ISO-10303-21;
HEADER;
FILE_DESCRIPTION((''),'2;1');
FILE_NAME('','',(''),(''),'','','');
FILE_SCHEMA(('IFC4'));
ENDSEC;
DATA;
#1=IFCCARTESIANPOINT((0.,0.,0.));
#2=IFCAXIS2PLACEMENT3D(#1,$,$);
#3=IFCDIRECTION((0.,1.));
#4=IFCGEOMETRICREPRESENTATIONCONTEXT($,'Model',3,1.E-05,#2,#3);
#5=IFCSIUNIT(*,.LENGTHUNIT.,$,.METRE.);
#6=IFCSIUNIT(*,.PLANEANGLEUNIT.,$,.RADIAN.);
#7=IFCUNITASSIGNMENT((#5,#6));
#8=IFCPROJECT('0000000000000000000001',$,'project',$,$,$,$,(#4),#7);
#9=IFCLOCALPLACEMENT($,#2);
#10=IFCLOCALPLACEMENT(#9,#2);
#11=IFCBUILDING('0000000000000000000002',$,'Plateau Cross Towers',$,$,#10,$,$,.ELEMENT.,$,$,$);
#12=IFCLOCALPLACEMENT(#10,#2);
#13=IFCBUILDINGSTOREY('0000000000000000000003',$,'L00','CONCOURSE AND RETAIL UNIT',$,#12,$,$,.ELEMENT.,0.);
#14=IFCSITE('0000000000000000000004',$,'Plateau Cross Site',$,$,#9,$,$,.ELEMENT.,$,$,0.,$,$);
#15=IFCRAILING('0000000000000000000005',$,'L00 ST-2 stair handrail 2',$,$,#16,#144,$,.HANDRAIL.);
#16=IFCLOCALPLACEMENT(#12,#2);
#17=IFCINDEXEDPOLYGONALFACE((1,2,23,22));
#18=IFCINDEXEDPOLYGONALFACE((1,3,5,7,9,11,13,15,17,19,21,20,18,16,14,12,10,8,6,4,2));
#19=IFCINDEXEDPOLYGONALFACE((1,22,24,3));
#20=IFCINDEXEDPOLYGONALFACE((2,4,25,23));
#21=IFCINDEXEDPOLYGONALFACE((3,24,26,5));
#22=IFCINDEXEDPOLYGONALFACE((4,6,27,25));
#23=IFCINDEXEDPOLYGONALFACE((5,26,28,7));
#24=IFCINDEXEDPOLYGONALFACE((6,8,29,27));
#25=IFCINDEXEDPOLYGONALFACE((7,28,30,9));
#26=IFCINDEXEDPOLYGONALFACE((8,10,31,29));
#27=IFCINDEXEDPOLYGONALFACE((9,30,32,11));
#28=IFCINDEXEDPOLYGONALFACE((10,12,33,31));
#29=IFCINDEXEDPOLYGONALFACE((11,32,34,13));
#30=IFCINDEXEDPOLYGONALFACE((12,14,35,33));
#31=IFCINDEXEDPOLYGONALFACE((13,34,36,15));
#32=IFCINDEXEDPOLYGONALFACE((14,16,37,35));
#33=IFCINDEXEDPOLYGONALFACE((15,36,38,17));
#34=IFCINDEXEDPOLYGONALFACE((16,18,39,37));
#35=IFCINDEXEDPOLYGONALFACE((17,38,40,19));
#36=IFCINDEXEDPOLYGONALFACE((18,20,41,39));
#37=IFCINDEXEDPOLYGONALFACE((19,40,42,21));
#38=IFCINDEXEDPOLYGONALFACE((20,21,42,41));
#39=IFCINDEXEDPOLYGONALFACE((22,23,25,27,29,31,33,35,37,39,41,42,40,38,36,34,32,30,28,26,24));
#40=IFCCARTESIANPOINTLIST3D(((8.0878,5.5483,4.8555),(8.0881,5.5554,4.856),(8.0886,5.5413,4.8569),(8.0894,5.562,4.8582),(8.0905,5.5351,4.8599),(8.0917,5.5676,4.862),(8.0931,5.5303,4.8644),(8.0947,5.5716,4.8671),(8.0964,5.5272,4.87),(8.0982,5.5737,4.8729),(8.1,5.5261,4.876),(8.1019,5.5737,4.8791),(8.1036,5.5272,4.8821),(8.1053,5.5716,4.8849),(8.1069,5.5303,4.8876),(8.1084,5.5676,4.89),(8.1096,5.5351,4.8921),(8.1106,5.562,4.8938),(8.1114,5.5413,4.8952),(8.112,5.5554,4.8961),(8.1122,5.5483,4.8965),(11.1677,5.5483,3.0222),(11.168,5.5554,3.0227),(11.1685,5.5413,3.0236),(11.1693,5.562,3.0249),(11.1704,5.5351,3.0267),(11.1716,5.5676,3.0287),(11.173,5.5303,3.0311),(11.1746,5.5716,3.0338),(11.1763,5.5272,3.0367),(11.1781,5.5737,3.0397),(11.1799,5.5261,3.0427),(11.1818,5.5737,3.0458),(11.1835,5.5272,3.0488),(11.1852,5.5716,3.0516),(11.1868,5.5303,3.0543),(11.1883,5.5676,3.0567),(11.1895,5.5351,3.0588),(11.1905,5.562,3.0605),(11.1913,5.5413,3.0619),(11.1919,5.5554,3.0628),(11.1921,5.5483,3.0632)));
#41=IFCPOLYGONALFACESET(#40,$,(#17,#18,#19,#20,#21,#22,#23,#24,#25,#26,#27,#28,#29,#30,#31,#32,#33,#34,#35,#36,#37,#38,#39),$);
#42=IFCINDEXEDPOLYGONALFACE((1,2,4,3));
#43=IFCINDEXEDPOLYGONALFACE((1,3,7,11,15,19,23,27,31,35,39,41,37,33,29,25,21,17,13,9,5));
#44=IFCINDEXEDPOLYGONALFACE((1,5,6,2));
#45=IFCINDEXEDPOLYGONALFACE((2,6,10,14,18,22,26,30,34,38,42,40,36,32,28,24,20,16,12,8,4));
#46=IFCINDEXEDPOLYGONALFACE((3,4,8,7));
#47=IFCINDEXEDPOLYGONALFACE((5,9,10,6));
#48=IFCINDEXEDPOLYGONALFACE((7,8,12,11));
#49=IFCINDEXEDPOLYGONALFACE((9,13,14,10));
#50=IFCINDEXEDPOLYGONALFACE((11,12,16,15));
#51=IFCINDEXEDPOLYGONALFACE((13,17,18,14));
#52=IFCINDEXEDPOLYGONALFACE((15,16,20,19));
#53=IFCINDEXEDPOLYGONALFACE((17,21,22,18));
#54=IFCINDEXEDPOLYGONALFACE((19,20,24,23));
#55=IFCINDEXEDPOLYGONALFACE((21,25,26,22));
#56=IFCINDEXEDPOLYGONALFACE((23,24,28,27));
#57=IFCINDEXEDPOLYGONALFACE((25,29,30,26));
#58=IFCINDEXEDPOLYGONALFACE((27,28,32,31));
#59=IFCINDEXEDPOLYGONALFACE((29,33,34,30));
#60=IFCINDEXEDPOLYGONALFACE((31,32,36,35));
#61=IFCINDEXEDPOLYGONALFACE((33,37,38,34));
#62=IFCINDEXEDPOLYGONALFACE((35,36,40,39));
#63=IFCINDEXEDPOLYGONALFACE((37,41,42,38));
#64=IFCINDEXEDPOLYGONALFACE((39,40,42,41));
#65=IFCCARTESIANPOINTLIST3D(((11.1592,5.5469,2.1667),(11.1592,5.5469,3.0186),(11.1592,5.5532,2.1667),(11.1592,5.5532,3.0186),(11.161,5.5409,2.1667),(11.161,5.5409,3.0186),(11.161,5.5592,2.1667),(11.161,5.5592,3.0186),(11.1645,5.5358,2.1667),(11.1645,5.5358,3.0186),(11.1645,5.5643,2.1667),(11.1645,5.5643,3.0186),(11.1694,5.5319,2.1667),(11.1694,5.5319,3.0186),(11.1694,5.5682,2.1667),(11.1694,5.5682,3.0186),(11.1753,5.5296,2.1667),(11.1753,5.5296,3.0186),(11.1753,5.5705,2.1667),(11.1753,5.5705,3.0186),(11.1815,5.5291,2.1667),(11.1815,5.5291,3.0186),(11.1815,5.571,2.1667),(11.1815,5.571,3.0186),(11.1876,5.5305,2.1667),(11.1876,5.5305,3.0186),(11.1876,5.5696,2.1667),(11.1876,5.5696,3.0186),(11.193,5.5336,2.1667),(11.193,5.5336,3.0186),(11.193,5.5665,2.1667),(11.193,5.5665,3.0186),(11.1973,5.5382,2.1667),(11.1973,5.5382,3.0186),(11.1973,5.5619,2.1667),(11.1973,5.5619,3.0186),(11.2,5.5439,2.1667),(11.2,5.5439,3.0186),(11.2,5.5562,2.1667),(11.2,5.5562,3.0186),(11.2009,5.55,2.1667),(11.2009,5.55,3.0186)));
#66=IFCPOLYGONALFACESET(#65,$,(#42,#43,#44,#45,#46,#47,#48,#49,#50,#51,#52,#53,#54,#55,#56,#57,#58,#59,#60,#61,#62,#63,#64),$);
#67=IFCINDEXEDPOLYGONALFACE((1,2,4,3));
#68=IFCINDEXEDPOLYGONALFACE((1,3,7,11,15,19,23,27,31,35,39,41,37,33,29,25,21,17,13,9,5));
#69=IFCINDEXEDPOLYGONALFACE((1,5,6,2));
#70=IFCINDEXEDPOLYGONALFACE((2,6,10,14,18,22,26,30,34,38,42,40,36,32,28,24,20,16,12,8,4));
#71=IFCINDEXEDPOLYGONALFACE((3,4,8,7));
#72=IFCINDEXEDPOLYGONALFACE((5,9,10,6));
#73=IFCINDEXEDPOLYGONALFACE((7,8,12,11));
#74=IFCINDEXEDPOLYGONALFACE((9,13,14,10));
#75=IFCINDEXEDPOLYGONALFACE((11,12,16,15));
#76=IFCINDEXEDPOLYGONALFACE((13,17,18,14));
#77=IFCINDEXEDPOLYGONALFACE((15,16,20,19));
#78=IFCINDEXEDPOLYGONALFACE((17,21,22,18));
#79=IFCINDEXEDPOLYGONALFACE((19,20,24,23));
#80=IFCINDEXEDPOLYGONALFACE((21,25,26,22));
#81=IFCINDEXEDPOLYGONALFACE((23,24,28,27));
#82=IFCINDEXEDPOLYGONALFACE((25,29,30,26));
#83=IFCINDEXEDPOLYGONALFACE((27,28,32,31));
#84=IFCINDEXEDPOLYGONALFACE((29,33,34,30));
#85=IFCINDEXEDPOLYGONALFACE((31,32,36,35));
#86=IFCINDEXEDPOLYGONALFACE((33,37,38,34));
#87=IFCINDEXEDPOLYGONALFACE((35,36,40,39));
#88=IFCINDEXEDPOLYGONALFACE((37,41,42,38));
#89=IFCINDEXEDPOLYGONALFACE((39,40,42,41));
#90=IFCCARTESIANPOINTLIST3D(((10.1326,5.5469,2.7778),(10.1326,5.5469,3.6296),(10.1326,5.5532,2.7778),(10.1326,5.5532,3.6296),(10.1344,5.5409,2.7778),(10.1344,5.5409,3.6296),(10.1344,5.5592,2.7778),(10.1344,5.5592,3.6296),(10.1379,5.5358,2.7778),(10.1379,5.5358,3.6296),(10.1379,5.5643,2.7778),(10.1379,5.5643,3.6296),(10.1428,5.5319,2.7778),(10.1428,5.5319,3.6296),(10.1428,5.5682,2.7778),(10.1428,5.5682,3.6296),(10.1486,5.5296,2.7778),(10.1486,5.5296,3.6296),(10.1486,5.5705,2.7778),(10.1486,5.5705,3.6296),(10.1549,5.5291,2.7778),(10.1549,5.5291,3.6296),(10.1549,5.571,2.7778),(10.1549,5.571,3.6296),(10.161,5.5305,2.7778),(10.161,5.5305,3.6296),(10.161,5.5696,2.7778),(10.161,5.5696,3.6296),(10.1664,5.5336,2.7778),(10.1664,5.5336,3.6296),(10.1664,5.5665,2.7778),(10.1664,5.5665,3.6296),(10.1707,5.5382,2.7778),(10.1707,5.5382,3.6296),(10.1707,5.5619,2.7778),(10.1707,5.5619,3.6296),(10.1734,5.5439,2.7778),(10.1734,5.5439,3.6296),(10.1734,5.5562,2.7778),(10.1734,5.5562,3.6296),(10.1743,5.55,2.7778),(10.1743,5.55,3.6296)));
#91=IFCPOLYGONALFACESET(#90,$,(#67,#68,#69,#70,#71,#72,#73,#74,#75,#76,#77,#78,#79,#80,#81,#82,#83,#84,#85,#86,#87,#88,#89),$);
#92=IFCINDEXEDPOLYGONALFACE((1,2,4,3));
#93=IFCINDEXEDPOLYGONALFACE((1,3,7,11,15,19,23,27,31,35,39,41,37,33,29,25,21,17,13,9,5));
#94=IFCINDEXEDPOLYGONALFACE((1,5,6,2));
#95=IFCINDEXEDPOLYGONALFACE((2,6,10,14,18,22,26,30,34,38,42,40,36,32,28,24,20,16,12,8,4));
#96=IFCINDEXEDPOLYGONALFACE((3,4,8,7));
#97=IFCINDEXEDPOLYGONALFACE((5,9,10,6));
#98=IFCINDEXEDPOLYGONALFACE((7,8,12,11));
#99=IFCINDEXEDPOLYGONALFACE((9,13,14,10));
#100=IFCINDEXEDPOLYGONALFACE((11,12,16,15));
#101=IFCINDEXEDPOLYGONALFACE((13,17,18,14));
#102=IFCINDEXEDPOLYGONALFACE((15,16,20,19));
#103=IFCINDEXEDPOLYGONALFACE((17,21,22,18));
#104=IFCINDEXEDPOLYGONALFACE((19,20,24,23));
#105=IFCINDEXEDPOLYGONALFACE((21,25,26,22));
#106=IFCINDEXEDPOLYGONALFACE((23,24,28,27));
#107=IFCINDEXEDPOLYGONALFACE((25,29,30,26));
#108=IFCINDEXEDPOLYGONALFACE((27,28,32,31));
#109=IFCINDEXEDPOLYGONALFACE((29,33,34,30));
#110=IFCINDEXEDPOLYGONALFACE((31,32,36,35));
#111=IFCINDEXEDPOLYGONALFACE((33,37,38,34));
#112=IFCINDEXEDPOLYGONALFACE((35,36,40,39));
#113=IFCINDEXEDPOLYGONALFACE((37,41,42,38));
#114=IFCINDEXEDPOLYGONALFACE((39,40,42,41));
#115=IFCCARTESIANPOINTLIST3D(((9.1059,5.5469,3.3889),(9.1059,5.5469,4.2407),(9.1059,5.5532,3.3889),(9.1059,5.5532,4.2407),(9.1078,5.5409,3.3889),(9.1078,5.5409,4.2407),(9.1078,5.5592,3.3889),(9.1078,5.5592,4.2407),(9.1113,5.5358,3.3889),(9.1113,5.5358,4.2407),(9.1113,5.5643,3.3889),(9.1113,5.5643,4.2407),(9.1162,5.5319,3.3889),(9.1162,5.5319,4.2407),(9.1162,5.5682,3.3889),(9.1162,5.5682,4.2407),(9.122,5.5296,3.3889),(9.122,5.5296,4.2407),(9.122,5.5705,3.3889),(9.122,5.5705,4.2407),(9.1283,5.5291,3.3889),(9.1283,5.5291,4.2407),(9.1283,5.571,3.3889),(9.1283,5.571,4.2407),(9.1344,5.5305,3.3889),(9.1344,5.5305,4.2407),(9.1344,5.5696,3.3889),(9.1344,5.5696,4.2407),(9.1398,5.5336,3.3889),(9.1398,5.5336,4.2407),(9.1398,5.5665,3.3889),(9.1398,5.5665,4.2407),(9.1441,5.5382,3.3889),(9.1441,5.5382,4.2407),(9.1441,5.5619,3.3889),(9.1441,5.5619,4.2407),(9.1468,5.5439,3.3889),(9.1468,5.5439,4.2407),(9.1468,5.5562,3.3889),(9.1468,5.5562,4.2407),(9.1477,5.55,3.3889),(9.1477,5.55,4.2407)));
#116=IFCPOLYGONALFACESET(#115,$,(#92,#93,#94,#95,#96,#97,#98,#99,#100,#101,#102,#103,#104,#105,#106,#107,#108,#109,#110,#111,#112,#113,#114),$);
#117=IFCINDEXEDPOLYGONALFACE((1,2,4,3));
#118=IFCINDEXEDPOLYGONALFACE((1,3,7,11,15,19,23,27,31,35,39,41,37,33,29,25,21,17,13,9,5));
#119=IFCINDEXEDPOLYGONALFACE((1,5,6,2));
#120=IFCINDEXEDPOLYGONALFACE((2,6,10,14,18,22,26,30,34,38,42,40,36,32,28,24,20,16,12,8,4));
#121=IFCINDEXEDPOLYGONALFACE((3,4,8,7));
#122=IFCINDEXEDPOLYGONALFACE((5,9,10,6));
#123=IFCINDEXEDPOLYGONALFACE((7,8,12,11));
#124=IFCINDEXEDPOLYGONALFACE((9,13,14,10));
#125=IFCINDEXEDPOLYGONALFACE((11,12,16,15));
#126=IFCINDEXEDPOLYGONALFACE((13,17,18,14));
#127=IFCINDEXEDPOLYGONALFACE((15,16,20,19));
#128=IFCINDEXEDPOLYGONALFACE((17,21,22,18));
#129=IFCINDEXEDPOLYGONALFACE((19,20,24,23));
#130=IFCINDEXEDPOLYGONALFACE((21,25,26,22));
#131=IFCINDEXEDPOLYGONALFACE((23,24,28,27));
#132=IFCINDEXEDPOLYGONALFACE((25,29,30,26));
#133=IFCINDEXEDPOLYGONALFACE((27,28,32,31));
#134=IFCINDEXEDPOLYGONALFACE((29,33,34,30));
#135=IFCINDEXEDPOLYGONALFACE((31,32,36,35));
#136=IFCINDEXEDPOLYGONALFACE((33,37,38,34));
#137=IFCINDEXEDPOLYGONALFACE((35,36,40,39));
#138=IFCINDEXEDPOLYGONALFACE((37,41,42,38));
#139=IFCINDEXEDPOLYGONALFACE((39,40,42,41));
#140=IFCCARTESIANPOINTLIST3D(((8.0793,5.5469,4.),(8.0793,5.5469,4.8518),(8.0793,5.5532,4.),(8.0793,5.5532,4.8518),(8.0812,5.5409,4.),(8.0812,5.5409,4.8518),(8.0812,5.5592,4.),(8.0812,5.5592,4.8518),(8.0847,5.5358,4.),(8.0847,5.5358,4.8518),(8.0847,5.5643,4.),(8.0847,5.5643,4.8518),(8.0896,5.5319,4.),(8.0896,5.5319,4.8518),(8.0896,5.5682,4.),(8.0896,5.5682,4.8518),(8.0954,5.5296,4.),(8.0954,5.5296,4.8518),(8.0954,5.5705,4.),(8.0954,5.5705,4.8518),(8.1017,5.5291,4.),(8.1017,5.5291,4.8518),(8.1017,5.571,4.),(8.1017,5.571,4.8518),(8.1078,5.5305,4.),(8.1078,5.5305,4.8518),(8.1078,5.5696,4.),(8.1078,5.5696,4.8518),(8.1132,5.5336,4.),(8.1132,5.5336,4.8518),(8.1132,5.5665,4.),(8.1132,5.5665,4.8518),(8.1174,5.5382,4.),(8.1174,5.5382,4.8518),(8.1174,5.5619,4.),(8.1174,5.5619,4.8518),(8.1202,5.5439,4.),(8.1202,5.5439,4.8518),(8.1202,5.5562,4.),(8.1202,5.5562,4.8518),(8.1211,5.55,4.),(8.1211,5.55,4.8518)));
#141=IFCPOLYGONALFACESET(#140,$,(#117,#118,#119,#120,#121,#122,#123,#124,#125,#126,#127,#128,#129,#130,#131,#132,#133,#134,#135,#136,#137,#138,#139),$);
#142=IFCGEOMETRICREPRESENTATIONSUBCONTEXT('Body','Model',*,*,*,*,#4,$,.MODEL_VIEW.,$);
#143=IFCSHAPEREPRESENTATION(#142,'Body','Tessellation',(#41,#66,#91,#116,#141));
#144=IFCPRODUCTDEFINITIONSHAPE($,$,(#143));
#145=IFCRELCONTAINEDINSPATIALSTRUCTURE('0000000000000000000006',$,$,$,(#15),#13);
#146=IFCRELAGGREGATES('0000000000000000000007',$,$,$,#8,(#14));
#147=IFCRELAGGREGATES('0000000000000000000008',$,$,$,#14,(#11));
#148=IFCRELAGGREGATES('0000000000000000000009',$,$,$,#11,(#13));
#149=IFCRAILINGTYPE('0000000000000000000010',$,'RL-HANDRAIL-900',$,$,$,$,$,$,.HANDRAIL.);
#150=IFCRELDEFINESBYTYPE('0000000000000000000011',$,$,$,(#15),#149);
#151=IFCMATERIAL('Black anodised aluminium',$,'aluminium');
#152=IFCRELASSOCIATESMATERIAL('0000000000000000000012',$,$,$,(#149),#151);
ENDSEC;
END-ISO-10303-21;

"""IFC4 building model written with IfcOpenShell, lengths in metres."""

from ifc_helpers import new_model, si_unit, direction, frame, origin, origin_2d, place, context, subcontext, project, spatial, circle, extrude, material, type_object, element, save


model = new_model("IFC4")

# Units and contexts
model_context = context("Model", 3, precision=1e-05, world=origin(), true_north=direction((0.0, 1.0)))
body_context = subcontext(model_context, "Body", "Model", "MODEL_VIEW")
ifc_project = project(units=[si_unit("LENGTHUNIT", "METRE"), si_unit("PLANEANGLEUNIT", "RADIAN")], contexts=[model_context])

# Site, building, storey
site_placement = place(None, origin())
site = spatial("IfcSite", under=ifc_project, at=site_placement, Name="Plateau Cross Site", CompositionType="ELEMENT", RefElevation=0.0)
building_placement = place(site_placement, origin())
building = spatial("IfcBuilding", under=site, at=building_placement, Name="Plateau Cross Towers", CompositionType="ELEMENT")
storey_placement = place(building_placement, origin())
storey = spatial("IfcBuildingStorey", under=building, at=storey_placement, Name="L00", Description="CONCOURSE AND RETAIL UNIT", CompositionType="ELEMENT", Elevation=0.0)

# Railing
ifc_material_1 = material(Name="Black anodised aluminium", Category="aluminium")
railing_type = type_object("IfcRailingType", Name="RL-HANDRAIL-900", PredefinedType="HANDRAIL", material=ifc_material_1)
for number, where, name in (
    (1, (11.1799, 5.55, 2.1667), "L00 ST-2 stair handrail 2"),
):
    element("IfcRailing", number, at=place(storey_placement, frame(where)), inside=storey, type_object=railing_type, Name=name, PredefinedType="HANDRAIL", context=body_context, shape_type="SweptSolid", body=[
        extrude(circle(Radius=0.0239, at=origin_2d()), frame((0.0, 0.0, 0.876), z_axis=(-0.859291, 0.0, 0.511487), x_axis=(0.0, -1.0, 0.0)), (0.0, 0.0, 1.0), 3.5842),
        extrude(circle(Radius=0.021, at=origin_2d()), origin(), (0.0, 0.0, 1.0), 0.8518),
        extrude(circle(Radius=0.021, at=origin_2d()), frame((-1.0266, 0.0, 0.6111)), (0.0, 0.0, 1.0), 0.8518),
        extrude(circle(Radius=0.021, at=origin_2d()), frame((-2.0532, 0.0, 1.2222)), (0.0, 0.0, 1.0), 0.8518),
        extrude(circle(Radius=0.021, at=origin_2d()), frame((-3.0798, 0.0, 1.8333)), (0.0, 0.0, 1.0), 0.8518),
    ])

save(model, "model.ifc")
